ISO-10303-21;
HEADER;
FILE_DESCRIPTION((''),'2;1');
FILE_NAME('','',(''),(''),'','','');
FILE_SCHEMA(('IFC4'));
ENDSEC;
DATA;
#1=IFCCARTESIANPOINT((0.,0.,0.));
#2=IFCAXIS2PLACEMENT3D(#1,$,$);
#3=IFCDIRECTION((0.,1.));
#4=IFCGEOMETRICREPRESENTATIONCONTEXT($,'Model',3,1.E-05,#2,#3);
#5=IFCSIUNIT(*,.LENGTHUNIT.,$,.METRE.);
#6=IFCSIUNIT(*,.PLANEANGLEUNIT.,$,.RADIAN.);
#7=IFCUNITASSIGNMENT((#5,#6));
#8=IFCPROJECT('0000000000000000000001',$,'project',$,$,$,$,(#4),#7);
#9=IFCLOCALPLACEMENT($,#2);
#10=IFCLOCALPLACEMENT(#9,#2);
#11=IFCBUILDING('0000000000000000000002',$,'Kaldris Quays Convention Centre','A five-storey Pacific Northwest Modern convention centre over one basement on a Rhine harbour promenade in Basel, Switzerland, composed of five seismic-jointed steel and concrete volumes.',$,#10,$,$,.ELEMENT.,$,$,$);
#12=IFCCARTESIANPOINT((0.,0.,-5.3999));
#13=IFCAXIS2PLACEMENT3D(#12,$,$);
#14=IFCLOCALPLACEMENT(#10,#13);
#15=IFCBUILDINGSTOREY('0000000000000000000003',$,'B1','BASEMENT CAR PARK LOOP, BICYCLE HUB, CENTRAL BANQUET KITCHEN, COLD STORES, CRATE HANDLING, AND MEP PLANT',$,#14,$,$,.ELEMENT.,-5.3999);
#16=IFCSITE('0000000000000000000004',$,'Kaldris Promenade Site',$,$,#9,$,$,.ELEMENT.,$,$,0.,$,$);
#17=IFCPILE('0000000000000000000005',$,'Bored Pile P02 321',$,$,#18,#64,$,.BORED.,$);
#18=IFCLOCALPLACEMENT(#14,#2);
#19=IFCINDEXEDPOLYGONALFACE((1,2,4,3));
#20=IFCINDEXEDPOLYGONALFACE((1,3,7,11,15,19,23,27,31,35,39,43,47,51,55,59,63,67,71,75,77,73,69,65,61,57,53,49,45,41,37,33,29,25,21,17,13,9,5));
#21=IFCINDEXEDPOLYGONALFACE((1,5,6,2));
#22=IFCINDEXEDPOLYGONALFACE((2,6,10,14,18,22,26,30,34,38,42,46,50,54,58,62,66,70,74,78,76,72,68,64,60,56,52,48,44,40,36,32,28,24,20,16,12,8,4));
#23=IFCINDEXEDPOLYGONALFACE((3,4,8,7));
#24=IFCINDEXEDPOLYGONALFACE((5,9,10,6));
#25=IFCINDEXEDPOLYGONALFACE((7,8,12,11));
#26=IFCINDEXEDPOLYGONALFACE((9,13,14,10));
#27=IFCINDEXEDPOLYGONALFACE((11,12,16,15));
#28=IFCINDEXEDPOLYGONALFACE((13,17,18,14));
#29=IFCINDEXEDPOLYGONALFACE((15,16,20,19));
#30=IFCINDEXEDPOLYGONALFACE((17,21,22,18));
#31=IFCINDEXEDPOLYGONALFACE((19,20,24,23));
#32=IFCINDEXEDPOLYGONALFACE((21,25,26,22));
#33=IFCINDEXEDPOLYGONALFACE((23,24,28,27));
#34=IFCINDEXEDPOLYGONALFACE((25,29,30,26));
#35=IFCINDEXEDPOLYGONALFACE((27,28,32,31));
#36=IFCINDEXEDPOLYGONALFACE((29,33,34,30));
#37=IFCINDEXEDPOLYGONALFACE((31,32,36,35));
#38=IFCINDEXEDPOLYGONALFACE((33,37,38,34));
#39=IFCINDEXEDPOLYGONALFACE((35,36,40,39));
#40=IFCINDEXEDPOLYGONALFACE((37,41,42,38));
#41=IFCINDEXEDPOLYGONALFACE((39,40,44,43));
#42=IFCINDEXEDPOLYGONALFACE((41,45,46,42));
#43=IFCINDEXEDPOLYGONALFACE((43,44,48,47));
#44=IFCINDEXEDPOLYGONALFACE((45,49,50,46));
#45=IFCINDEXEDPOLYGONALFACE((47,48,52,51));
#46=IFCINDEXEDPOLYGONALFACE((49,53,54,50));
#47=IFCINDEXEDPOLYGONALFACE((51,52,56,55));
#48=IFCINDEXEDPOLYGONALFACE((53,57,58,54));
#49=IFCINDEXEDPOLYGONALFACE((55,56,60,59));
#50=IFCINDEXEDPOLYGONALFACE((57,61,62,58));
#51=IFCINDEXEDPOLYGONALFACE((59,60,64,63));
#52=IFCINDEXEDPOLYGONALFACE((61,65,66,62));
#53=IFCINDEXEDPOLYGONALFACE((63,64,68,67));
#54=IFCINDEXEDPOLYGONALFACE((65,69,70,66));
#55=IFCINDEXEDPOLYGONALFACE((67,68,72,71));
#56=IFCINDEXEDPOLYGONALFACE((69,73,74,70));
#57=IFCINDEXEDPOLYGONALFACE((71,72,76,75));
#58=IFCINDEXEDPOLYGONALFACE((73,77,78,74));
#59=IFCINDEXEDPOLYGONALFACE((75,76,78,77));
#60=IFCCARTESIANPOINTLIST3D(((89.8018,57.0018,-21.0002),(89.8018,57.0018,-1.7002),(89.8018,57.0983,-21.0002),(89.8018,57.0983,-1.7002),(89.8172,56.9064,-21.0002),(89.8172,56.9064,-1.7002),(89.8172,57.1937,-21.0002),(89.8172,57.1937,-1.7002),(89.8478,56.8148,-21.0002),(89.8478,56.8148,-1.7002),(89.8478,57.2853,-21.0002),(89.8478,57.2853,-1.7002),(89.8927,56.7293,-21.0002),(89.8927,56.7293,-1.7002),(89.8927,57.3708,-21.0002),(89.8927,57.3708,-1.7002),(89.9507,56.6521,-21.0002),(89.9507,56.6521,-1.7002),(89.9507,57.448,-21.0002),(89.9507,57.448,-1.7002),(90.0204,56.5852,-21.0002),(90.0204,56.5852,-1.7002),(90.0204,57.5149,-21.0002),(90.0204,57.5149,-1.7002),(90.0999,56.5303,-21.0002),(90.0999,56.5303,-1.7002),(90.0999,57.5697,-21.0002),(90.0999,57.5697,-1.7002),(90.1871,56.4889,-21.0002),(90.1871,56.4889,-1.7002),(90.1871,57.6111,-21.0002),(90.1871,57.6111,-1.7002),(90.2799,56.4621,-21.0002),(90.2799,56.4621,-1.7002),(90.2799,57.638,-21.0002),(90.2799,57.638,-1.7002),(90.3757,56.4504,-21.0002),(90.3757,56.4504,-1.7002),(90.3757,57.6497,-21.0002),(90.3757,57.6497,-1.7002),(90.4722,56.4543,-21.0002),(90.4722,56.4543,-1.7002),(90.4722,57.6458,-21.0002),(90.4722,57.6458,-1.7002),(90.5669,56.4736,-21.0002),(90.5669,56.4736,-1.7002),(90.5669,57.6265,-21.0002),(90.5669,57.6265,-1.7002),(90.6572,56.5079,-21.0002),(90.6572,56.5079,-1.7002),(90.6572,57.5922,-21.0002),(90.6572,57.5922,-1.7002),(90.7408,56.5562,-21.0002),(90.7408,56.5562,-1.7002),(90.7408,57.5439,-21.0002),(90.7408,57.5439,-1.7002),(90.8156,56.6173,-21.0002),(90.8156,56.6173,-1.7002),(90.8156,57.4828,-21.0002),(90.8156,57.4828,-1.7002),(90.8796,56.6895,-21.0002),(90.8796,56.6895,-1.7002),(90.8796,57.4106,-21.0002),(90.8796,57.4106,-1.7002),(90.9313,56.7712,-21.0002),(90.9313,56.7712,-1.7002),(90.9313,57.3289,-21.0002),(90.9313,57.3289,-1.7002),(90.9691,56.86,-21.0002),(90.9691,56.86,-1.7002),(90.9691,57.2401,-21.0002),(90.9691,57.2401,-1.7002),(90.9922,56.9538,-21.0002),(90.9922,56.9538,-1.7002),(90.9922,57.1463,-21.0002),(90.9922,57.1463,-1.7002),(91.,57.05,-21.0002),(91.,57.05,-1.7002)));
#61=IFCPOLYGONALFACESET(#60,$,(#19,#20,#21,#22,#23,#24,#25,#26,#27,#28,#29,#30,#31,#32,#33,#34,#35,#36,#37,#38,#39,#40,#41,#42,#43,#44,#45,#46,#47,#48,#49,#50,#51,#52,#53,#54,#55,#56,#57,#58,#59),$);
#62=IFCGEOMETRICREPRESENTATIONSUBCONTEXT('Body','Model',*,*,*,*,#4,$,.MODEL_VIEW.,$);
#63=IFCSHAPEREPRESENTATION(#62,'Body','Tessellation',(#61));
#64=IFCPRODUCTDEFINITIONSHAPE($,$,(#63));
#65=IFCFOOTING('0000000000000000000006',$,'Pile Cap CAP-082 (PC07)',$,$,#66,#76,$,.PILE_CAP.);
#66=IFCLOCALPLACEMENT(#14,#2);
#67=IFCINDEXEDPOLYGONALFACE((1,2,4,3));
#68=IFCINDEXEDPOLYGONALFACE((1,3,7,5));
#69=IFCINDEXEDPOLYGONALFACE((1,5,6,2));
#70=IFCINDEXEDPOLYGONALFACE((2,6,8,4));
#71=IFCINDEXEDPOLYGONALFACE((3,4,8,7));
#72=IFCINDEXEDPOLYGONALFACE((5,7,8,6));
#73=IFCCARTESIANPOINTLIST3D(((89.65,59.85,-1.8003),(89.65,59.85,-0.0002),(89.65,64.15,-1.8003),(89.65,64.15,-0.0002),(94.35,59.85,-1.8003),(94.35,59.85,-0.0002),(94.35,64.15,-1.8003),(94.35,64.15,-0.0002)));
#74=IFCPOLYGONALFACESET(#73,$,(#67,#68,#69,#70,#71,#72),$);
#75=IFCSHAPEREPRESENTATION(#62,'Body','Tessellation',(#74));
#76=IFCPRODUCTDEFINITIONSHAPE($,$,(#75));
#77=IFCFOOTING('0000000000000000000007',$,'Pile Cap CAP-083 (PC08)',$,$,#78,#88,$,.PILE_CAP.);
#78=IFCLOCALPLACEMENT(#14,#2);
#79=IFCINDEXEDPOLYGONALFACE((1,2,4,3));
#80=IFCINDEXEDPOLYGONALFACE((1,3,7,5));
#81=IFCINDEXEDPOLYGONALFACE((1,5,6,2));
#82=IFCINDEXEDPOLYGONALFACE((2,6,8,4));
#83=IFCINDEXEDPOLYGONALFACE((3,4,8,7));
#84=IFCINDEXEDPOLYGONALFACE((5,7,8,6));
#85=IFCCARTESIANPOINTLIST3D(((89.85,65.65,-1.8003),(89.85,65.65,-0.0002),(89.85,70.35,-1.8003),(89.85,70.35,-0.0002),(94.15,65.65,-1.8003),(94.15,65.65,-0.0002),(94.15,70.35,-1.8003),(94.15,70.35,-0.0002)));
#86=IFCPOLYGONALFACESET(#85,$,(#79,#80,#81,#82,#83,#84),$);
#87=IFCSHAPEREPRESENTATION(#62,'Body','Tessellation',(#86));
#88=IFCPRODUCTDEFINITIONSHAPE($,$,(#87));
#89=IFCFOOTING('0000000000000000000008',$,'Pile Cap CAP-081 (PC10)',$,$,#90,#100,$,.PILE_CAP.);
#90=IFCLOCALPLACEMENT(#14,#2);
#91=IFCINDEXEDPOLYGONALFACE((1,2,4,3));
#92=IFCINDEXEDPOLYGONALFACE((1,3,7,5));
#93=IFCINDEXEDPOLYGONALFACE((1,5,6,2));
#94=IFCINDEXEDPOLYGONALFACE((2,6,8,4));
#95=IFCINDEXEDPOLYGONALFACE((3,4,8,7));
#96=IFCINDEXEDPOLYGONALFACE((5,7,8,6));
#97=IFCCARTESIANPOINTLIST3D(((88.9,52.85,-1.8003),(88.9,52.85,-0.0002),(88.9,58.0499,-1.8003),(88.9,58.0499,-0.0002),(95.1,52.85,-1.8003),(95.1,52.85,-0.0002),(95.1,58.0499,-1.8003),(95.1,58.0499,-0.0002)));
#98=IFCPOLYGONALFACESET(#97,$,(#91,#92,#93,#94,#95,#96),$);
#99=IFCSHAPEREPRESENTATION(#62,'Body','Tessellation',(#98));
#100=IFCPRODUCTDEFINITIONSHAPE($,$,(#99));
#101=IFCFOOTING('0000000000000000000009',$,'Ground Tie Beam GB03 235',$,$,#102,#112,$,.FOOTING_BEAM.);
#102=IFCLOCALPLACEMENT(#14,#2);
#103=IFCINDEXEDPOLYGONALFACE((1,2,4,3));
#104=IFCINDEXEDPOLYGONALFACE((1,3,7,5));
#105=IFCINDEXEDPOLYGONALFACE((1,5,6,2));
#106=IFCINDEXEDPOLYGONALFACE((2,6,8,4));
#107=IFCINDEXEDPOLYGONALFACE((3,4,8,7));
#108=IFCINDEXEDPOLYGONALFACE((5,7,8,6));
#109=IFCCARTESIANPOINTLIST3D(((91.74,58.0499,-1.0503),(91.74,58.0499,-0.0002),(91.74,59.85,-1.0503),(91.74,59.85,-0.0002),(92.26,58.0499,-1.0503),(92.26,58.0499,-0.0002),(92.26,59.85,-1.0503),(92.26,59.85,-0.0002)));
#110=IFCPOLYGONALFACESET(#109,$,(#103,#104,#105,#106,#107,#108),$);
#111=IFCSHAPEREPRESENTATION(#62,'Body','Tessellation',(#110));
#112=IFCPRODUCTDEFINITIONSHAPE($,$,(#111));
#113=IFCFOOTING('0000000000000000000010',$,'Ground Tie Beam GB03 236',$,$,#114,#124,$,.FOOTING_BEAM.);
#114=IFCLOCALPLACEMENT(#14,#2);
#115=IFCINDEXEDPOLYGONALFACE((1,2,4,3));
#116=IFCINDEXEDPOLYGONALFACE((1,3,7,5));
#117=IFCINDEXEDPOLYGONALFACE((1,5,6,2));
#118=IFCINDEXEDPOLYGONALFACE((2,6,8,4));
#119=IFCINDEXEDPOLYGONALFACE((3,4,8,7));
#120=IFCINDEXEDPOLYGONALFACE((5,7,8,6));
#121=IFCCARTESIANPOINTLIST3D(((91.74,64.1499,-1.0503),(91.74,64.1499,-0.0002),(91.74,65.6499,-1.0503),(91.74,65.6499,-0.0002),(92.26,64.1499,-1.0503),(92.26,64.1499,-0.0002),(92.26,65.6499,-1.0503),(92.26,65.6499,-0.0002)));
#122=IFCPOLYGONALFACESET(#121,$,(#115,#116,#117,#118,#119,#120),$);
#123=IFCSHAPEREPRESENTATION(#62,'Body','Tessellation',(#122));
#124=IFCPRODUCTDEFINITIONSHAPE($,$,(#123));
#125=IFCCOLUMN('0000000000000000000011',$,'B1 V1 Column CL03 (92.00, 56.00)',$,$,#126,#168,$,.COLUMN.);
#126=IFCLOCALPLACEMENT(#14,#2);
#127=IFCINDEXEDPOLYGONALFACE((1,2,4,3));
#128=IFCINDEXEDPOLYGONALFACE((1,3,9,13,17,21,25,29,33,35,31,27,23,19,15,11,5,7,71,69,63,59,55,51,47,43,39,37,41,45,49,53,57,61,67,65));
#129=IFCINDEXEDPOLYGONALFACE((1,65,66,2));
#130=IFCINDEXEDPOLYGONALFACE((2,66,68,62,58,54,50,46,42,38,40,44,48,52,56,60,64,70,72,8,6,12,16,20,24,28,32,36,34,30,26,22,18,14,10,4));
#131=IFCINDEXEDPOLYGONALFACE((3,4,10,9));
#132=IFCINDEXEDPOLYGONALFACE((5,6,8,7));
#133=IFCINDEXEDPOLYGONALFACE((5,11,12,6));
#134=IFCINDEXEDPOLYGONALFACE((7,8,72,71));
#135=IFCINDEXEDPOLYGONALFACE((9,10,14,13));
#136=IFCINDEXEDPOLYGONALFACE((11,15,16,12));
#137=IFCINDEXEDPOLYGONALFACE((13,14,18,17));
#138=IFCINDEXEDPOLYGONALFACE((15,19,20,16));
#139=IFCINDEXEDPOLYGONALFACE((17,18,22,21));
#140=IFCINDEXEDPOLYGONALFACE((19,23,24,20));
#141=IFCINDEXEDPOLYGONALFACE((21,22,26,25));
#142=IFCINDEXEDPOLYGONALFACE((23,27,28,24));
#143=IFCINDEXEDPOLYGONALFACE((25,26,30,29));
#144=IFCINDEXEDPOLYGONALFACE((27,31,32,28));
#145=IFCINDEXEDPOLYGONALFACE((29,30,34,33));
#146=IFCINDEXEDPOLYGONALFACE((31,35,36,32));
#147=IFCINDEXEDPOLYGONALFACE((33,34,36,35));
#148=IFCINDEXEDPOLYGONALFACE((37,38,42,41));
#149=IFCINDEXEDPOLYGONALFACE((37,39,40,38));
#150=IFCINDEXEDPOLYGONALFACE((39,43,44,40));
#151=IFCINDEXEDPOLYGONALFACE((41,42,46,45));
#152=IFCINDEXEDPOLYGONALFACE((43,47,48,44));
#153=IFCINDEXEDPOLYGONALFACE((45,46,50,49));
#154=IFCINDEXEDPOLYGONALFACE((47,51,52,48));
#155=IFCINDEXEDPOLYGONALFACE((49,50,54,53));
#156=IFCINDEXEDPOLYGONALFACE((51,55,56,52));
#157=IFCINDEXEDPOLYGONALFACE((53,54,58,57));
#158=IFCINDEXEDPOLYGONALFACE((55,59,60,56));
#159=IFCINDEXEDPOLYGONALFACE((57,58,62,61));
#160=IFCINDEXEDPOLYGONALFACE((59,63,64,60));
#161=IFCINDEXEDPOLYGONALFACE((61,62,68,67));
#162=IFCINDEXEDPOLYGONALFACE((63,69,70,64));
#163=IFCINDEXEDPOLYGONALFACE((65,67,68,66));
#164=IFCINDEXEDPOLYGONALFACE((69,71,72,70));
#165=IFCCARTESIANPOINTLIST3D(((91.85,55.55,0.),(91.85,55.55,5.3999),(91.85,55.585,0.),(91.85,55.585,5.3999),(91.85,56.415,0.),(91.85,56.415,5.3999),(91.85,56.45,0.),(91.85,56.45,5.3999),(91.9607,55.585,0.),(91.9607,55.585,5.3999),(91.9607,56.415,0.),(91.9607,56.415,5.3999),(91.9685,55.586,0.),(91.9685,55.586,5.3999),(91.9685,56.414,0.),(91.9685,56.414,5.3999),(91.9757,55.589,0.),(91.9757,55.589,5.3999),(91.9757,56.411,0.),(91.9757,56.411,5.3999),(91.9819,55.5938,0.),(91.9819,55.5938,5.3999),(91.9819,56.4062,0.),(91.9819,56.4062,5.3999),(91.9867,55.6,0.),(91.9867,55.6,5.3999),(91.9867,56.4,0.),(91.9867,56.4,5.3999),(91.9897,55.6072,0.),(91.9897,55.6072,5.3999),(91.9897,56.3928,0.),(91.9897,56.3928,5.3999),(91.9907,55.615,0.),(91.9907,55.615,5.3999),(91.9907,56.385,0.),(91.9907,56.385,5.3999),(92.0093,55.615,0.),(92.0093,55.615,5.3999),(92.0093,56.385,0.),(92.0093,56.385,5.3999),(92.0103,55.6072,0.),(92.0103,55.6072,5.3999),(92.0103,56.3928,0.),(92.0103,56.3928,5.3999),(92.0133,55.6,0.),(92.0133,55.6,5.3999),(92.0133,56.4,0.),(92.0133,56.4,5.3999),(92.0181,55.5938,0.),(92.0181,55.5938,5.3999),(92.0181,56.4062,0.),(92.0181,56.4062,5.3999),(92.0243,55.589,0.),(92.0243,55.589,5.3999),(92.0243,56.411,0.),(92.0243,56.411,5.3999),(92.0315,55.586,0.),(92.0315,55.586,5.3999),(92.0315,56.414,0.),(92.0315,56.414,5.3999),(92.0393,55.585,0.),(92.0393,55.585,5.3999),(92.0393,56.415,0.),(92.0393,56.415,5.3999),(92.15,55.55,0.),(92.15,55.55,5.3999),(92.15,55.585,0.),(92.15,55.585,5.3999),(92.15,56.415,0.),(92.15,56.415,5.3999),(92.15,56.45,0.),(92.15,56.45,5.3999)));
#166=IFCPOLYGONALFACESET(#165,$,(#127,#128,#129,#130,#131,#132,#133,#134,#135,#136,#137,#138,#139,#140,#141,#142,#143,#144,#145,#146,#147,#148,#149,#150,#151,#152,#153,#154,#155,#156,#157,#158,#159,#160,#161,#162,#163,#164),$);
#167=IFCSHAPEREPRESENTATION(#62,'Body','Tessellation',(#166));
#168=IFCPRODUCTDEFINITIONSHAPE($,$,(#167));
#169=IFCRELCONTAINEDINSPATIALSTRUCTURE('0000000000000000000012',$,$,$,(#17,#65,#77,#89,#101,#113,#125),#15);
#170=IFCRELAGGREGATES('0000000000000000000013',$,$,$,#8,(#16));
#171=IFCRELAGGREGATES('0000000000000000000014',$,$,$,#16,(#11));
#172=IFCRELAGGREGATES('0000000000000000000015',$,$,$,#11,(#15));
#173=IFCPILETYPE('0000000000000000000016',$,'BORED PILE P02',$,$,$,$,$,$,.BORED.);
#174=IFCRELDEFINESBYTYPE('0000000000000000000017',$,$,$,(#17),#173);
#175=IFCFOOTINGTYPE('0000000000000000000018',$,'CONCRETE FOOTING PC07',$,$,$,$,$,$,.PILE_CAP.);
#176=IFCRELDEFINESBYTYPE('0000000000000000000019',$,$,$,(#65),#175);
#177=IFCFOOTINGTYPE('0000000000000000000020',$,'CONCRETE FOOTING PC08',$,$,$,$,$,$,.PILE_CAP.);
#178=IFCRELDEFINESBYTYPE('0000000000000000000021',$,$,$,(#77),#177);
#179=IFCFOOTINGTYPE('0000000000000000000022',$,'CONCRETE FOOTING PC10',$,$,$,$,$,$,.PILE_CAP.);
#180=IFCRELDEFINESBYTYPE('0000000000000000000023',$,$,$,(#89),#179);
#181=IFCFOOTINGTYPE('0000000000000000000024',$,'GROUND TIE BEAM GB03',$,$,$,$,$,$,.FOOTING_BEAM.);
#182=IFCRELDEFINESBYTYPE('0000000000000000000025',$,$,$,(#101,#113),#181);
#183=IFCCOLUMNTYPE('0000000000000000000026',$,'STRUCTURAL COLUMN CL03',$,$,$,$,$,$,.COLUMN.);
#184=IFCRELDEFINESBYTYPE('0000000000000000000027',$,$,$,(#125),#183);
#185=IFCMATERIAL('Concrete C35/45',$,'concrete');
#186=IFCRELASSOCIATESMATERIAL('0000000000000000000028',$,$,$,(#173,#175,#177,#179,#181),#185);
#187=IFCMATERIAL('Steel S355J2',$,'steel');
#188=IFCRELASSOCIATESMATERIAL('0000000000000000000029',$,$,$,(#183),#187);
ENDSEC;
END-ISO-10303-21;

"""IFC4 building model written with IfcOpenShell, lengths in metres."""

from ifc_helpers import new_model, si_unit, direction, frame, origin, origin_2d, place, context, subcontext, project, spatial, rectangle, circle, i_section, extrude, material, material_profile, profile_set, type_object, element, save


model = new_model("IFC4")

# Units and contexts
model_context = context("Model", 3, precision=1e-05, world=origin(), true_north=direction((0.0, 1.0)))
body_context = subcontext(model_context, "Body", "Model", "MODEL_VIEW")
ifc_project = project(units=[si_unit("LENGTHUNIT", "METRE"), si_unit("PLANEANGLEUNIT", "RADIAN")], contexts=[model_context])

# Site, building, storey
site_placement = place(None, origin())
site = spatial("IfcSite", under=ifc_project, at=site_placement, Name="Kaldris Promenade Site", CompositionType="ELEMENT", RefElevation=0.0)
building_placement = place(site_placement, origin())
building = spatial("IfcBuilding", under=site, at=building_placement, Name="Kaldris Quays Convention Centre", Description="A five-storey Pacific Northwest Modern convention centre over one basement on a Rhine harbour promenade in Basel, Switzerland, composed of five seismic-jointed steel and concrete volumes.", CompositionType="ELEMENT")
storey_placement = place(building_placement, frame((0.0, 0.0, -5.3999)))
storey = spatial("IfcBuildingStorey", under=building, at=storey_placement, Name="B1", Description="BASEMENT CAR PARK LOOP, BICYCLE HUB, CENTRAL BANQUET KITCHEN, COLD STORES, CRATE HANDLING, AND MEP PLANT", CompositionType="ELEMENT", Elevation=-5.3999)

# Pile
ifc_material_1 = material(Name="Concrete C35/45", Category="concrete")
ifc_material_profile_1 = material_profile(ifc_material_1, circle(Radius=0.6001, at=origin_2d()), Name="BORED PILE D1200")
ifc_profile_set_1 = profile_set([ifc_material_profile_1], Name="Concrete C35/45")
pile_type_1 = type_object("IfcPileType", Name="BORED PILE P02", PredefinedType="BORED", material=ifc_profile_set_1)
for number, where, z_axis, x_axis, name in (
    (1, (90.3999, 57.05, -1.7002), (0.0, 0.0, -1.0), (1.0, 0.0, 0.0), "Bored Pile P02 321"),
):
    element("IfcPile", number, at=place(storey_placement, frame(where, z_axis=z_axis, x_axis=x_axis)), inside=storey, type_object=pile_type_1, Name=name, PredefinedType="BORED", context=body_context, shape_type="SweptSolid", body=[
        extrude(circle(Radius=0.6001, at=origin_2d()), origin(), (0.0, 0.0, 1.0), 19.3),
    ])

# Footings
footing_type_1 = type_object("IfcFootingType", Name="CONCRETE FOOTING PC07", PredefinedType="PILE_CAP", material=ifc_material_1)
footing_1_placement = place(storey_placement, frame((92.0, 62.0, -1.8003), z_axis=(0.0, 0.0, 1.0), x_axis=(1.0, 0.0, 0.0)))
element("IfcFooting", 2, at=footing_1_placement, inside=storey, type_object=footing_type_1, Name="Pile Cap CAP-082 (PC07)", PredefinedType="PILE_CAP", context=body_context, shape_type="SweptSolid", body=[
    extrude(rectangle(XDim=4.7, YDim=4.3, at=origin_2d()), origin(), (0.0, 0.0, 1.0), 1.8),
])
footing_type_2 = type_object("IfcFootingType", Name="CONCRETE FOOTING PC08", PredefinedType="PILE_CAP", material=ifc_material_1)
footing_2_placement = place(storey_placement, frame((92.0, 68.0, -1.8003), z_axis=(0.0, 0.0, 1.0), x_axis=(1.0, 0.0, 0.0)))
element("IfcFooting", 3, at=footing_2_placement, inside=storey, type_object=footing_type_2, Name="Pile Cap CAP-083 (PC08)", PredefinedType="PILE_CAP", context=body_context, shape_type="SweptSolid", body=[
    extrude(rectangle(XDim=4.3, YDim=4.7, at=origin_2d()), origin(), (0.0, 0.0, 1.0), 1.8),
])
footing_type_3 = type_object("IfcFootingType", Name="CONCRETE FOOTING PC10", PredefinedType="PILE_CAP", material=ifc_material_1)
footing_3_placement = place(storey_placement, frame((92.0, 55.45, -1.8003), z_axis=(0.0, 0.0, 1.0), x_axis=(1.0, 0.0, 0.0)))
element("IfcFooting", 4, at=footing_3_placement, inside=storey, type_object=footing_type_3, Name="Pile Cap CAP-081 (PC10)", PredefinedType="PILE_CAP", context=body_context, shape_type="SweptSolid", body=[
    extrude(rectangle(XDim=6.2, YDim=5.2, at=origin_2d()), origin(), (0.0, 0.0, 1.0), 1.8),
])
footing_type_4 = type_object("IfcFootingType", Name="GROUND TIE BEAM GB03", PredefinedType="FOOTING_BEAM", material=ifc_material_1)
footing_4_placement = place(storey_placement, frame((92.0, 58.95, -1.0503), z_axis=(0.0, 0.0, 1.0), x_axis=(1.0, 0.0, 0.0)))
element("IfcFooting", 5, at=footing_4_placement, inside=storey, type_object=footing_type_4, Name="Ground Tie Beam GB03 235", PredefinedType="FOOTING_BEAM", context=body_context, shape_type="SweptSolid", body=[
    extrude(rectangle(XDim=0.52, YDim=1.8, at=origin_2d()), origin(), (0.0, 0.0, 1.0), 1.05),
])
footing_5_placement = place(storey_placement, frame((92.0, 64.8999, -1.0503), z_axis=(0.0, 0.0, 1.0), x_axis=(1.0, 0.0, 0.0)))
element("IfcFooting", 6, at=footing_5_placement, inside=storey, type_object=footing_type_4, Name="Ground Tie Beam GB03 236", PredefinedType="FOOTING_BEAM", context=body_context, shape_type="SweptSolid", body=[
    extrude(rectangle(XDim=0.52, YDim=1.5, at=origin_2d()), origin(), (0.0, 0.0, 1.0), 1.05),
])

# Column
ifc_material_2 = material(Name="Steel S355J2", Category="steel")
ifc_material_profile_2 = material_profile(ifc_material_2, i_section(OverallWidth=0.3, OverallDepth=0.8999, WebThickness=0.0186, FlangeThickness=0.0349, FilletRadius=0.03, at=origin_2d()), Name="HEB 900")
ifc_profile_set_2 = profile_set([ifc_material_profile_2], Name="Steel S355J2")
column_type_1 = type_object("IfcColumnType", Name="STRUCTURAL COLUMN CL03", PredefinedType="COLUMN", material=ifc_profile_set_2)
column_1_placement = place(storey_placement, frame((92.0, 56.0, 0.0), z_axis=(0.0, 0.0, 1.0), x_axis=(1.0, 0.0, 0.0)))
element("IfcColumn", 7, at=column_1_placement, inside=storey, type_object=column_type_1, Name="B1 V1 Column CL03 (92.00, 56.00)", PredefinedType="COLUMN", context=body_context, shape_type="SweptSolid", body=[
    extrude(i_section(OverallWidth=0.3, OverallDepth=0.8999, WebThickness=0.0186, FlangeThickness=0.0349, FilletRadius=0.03, at=origin_2d()), origin(), (0.0, 0.0, 1.0), 5.3999),
])

save(model, "model.ifc")
